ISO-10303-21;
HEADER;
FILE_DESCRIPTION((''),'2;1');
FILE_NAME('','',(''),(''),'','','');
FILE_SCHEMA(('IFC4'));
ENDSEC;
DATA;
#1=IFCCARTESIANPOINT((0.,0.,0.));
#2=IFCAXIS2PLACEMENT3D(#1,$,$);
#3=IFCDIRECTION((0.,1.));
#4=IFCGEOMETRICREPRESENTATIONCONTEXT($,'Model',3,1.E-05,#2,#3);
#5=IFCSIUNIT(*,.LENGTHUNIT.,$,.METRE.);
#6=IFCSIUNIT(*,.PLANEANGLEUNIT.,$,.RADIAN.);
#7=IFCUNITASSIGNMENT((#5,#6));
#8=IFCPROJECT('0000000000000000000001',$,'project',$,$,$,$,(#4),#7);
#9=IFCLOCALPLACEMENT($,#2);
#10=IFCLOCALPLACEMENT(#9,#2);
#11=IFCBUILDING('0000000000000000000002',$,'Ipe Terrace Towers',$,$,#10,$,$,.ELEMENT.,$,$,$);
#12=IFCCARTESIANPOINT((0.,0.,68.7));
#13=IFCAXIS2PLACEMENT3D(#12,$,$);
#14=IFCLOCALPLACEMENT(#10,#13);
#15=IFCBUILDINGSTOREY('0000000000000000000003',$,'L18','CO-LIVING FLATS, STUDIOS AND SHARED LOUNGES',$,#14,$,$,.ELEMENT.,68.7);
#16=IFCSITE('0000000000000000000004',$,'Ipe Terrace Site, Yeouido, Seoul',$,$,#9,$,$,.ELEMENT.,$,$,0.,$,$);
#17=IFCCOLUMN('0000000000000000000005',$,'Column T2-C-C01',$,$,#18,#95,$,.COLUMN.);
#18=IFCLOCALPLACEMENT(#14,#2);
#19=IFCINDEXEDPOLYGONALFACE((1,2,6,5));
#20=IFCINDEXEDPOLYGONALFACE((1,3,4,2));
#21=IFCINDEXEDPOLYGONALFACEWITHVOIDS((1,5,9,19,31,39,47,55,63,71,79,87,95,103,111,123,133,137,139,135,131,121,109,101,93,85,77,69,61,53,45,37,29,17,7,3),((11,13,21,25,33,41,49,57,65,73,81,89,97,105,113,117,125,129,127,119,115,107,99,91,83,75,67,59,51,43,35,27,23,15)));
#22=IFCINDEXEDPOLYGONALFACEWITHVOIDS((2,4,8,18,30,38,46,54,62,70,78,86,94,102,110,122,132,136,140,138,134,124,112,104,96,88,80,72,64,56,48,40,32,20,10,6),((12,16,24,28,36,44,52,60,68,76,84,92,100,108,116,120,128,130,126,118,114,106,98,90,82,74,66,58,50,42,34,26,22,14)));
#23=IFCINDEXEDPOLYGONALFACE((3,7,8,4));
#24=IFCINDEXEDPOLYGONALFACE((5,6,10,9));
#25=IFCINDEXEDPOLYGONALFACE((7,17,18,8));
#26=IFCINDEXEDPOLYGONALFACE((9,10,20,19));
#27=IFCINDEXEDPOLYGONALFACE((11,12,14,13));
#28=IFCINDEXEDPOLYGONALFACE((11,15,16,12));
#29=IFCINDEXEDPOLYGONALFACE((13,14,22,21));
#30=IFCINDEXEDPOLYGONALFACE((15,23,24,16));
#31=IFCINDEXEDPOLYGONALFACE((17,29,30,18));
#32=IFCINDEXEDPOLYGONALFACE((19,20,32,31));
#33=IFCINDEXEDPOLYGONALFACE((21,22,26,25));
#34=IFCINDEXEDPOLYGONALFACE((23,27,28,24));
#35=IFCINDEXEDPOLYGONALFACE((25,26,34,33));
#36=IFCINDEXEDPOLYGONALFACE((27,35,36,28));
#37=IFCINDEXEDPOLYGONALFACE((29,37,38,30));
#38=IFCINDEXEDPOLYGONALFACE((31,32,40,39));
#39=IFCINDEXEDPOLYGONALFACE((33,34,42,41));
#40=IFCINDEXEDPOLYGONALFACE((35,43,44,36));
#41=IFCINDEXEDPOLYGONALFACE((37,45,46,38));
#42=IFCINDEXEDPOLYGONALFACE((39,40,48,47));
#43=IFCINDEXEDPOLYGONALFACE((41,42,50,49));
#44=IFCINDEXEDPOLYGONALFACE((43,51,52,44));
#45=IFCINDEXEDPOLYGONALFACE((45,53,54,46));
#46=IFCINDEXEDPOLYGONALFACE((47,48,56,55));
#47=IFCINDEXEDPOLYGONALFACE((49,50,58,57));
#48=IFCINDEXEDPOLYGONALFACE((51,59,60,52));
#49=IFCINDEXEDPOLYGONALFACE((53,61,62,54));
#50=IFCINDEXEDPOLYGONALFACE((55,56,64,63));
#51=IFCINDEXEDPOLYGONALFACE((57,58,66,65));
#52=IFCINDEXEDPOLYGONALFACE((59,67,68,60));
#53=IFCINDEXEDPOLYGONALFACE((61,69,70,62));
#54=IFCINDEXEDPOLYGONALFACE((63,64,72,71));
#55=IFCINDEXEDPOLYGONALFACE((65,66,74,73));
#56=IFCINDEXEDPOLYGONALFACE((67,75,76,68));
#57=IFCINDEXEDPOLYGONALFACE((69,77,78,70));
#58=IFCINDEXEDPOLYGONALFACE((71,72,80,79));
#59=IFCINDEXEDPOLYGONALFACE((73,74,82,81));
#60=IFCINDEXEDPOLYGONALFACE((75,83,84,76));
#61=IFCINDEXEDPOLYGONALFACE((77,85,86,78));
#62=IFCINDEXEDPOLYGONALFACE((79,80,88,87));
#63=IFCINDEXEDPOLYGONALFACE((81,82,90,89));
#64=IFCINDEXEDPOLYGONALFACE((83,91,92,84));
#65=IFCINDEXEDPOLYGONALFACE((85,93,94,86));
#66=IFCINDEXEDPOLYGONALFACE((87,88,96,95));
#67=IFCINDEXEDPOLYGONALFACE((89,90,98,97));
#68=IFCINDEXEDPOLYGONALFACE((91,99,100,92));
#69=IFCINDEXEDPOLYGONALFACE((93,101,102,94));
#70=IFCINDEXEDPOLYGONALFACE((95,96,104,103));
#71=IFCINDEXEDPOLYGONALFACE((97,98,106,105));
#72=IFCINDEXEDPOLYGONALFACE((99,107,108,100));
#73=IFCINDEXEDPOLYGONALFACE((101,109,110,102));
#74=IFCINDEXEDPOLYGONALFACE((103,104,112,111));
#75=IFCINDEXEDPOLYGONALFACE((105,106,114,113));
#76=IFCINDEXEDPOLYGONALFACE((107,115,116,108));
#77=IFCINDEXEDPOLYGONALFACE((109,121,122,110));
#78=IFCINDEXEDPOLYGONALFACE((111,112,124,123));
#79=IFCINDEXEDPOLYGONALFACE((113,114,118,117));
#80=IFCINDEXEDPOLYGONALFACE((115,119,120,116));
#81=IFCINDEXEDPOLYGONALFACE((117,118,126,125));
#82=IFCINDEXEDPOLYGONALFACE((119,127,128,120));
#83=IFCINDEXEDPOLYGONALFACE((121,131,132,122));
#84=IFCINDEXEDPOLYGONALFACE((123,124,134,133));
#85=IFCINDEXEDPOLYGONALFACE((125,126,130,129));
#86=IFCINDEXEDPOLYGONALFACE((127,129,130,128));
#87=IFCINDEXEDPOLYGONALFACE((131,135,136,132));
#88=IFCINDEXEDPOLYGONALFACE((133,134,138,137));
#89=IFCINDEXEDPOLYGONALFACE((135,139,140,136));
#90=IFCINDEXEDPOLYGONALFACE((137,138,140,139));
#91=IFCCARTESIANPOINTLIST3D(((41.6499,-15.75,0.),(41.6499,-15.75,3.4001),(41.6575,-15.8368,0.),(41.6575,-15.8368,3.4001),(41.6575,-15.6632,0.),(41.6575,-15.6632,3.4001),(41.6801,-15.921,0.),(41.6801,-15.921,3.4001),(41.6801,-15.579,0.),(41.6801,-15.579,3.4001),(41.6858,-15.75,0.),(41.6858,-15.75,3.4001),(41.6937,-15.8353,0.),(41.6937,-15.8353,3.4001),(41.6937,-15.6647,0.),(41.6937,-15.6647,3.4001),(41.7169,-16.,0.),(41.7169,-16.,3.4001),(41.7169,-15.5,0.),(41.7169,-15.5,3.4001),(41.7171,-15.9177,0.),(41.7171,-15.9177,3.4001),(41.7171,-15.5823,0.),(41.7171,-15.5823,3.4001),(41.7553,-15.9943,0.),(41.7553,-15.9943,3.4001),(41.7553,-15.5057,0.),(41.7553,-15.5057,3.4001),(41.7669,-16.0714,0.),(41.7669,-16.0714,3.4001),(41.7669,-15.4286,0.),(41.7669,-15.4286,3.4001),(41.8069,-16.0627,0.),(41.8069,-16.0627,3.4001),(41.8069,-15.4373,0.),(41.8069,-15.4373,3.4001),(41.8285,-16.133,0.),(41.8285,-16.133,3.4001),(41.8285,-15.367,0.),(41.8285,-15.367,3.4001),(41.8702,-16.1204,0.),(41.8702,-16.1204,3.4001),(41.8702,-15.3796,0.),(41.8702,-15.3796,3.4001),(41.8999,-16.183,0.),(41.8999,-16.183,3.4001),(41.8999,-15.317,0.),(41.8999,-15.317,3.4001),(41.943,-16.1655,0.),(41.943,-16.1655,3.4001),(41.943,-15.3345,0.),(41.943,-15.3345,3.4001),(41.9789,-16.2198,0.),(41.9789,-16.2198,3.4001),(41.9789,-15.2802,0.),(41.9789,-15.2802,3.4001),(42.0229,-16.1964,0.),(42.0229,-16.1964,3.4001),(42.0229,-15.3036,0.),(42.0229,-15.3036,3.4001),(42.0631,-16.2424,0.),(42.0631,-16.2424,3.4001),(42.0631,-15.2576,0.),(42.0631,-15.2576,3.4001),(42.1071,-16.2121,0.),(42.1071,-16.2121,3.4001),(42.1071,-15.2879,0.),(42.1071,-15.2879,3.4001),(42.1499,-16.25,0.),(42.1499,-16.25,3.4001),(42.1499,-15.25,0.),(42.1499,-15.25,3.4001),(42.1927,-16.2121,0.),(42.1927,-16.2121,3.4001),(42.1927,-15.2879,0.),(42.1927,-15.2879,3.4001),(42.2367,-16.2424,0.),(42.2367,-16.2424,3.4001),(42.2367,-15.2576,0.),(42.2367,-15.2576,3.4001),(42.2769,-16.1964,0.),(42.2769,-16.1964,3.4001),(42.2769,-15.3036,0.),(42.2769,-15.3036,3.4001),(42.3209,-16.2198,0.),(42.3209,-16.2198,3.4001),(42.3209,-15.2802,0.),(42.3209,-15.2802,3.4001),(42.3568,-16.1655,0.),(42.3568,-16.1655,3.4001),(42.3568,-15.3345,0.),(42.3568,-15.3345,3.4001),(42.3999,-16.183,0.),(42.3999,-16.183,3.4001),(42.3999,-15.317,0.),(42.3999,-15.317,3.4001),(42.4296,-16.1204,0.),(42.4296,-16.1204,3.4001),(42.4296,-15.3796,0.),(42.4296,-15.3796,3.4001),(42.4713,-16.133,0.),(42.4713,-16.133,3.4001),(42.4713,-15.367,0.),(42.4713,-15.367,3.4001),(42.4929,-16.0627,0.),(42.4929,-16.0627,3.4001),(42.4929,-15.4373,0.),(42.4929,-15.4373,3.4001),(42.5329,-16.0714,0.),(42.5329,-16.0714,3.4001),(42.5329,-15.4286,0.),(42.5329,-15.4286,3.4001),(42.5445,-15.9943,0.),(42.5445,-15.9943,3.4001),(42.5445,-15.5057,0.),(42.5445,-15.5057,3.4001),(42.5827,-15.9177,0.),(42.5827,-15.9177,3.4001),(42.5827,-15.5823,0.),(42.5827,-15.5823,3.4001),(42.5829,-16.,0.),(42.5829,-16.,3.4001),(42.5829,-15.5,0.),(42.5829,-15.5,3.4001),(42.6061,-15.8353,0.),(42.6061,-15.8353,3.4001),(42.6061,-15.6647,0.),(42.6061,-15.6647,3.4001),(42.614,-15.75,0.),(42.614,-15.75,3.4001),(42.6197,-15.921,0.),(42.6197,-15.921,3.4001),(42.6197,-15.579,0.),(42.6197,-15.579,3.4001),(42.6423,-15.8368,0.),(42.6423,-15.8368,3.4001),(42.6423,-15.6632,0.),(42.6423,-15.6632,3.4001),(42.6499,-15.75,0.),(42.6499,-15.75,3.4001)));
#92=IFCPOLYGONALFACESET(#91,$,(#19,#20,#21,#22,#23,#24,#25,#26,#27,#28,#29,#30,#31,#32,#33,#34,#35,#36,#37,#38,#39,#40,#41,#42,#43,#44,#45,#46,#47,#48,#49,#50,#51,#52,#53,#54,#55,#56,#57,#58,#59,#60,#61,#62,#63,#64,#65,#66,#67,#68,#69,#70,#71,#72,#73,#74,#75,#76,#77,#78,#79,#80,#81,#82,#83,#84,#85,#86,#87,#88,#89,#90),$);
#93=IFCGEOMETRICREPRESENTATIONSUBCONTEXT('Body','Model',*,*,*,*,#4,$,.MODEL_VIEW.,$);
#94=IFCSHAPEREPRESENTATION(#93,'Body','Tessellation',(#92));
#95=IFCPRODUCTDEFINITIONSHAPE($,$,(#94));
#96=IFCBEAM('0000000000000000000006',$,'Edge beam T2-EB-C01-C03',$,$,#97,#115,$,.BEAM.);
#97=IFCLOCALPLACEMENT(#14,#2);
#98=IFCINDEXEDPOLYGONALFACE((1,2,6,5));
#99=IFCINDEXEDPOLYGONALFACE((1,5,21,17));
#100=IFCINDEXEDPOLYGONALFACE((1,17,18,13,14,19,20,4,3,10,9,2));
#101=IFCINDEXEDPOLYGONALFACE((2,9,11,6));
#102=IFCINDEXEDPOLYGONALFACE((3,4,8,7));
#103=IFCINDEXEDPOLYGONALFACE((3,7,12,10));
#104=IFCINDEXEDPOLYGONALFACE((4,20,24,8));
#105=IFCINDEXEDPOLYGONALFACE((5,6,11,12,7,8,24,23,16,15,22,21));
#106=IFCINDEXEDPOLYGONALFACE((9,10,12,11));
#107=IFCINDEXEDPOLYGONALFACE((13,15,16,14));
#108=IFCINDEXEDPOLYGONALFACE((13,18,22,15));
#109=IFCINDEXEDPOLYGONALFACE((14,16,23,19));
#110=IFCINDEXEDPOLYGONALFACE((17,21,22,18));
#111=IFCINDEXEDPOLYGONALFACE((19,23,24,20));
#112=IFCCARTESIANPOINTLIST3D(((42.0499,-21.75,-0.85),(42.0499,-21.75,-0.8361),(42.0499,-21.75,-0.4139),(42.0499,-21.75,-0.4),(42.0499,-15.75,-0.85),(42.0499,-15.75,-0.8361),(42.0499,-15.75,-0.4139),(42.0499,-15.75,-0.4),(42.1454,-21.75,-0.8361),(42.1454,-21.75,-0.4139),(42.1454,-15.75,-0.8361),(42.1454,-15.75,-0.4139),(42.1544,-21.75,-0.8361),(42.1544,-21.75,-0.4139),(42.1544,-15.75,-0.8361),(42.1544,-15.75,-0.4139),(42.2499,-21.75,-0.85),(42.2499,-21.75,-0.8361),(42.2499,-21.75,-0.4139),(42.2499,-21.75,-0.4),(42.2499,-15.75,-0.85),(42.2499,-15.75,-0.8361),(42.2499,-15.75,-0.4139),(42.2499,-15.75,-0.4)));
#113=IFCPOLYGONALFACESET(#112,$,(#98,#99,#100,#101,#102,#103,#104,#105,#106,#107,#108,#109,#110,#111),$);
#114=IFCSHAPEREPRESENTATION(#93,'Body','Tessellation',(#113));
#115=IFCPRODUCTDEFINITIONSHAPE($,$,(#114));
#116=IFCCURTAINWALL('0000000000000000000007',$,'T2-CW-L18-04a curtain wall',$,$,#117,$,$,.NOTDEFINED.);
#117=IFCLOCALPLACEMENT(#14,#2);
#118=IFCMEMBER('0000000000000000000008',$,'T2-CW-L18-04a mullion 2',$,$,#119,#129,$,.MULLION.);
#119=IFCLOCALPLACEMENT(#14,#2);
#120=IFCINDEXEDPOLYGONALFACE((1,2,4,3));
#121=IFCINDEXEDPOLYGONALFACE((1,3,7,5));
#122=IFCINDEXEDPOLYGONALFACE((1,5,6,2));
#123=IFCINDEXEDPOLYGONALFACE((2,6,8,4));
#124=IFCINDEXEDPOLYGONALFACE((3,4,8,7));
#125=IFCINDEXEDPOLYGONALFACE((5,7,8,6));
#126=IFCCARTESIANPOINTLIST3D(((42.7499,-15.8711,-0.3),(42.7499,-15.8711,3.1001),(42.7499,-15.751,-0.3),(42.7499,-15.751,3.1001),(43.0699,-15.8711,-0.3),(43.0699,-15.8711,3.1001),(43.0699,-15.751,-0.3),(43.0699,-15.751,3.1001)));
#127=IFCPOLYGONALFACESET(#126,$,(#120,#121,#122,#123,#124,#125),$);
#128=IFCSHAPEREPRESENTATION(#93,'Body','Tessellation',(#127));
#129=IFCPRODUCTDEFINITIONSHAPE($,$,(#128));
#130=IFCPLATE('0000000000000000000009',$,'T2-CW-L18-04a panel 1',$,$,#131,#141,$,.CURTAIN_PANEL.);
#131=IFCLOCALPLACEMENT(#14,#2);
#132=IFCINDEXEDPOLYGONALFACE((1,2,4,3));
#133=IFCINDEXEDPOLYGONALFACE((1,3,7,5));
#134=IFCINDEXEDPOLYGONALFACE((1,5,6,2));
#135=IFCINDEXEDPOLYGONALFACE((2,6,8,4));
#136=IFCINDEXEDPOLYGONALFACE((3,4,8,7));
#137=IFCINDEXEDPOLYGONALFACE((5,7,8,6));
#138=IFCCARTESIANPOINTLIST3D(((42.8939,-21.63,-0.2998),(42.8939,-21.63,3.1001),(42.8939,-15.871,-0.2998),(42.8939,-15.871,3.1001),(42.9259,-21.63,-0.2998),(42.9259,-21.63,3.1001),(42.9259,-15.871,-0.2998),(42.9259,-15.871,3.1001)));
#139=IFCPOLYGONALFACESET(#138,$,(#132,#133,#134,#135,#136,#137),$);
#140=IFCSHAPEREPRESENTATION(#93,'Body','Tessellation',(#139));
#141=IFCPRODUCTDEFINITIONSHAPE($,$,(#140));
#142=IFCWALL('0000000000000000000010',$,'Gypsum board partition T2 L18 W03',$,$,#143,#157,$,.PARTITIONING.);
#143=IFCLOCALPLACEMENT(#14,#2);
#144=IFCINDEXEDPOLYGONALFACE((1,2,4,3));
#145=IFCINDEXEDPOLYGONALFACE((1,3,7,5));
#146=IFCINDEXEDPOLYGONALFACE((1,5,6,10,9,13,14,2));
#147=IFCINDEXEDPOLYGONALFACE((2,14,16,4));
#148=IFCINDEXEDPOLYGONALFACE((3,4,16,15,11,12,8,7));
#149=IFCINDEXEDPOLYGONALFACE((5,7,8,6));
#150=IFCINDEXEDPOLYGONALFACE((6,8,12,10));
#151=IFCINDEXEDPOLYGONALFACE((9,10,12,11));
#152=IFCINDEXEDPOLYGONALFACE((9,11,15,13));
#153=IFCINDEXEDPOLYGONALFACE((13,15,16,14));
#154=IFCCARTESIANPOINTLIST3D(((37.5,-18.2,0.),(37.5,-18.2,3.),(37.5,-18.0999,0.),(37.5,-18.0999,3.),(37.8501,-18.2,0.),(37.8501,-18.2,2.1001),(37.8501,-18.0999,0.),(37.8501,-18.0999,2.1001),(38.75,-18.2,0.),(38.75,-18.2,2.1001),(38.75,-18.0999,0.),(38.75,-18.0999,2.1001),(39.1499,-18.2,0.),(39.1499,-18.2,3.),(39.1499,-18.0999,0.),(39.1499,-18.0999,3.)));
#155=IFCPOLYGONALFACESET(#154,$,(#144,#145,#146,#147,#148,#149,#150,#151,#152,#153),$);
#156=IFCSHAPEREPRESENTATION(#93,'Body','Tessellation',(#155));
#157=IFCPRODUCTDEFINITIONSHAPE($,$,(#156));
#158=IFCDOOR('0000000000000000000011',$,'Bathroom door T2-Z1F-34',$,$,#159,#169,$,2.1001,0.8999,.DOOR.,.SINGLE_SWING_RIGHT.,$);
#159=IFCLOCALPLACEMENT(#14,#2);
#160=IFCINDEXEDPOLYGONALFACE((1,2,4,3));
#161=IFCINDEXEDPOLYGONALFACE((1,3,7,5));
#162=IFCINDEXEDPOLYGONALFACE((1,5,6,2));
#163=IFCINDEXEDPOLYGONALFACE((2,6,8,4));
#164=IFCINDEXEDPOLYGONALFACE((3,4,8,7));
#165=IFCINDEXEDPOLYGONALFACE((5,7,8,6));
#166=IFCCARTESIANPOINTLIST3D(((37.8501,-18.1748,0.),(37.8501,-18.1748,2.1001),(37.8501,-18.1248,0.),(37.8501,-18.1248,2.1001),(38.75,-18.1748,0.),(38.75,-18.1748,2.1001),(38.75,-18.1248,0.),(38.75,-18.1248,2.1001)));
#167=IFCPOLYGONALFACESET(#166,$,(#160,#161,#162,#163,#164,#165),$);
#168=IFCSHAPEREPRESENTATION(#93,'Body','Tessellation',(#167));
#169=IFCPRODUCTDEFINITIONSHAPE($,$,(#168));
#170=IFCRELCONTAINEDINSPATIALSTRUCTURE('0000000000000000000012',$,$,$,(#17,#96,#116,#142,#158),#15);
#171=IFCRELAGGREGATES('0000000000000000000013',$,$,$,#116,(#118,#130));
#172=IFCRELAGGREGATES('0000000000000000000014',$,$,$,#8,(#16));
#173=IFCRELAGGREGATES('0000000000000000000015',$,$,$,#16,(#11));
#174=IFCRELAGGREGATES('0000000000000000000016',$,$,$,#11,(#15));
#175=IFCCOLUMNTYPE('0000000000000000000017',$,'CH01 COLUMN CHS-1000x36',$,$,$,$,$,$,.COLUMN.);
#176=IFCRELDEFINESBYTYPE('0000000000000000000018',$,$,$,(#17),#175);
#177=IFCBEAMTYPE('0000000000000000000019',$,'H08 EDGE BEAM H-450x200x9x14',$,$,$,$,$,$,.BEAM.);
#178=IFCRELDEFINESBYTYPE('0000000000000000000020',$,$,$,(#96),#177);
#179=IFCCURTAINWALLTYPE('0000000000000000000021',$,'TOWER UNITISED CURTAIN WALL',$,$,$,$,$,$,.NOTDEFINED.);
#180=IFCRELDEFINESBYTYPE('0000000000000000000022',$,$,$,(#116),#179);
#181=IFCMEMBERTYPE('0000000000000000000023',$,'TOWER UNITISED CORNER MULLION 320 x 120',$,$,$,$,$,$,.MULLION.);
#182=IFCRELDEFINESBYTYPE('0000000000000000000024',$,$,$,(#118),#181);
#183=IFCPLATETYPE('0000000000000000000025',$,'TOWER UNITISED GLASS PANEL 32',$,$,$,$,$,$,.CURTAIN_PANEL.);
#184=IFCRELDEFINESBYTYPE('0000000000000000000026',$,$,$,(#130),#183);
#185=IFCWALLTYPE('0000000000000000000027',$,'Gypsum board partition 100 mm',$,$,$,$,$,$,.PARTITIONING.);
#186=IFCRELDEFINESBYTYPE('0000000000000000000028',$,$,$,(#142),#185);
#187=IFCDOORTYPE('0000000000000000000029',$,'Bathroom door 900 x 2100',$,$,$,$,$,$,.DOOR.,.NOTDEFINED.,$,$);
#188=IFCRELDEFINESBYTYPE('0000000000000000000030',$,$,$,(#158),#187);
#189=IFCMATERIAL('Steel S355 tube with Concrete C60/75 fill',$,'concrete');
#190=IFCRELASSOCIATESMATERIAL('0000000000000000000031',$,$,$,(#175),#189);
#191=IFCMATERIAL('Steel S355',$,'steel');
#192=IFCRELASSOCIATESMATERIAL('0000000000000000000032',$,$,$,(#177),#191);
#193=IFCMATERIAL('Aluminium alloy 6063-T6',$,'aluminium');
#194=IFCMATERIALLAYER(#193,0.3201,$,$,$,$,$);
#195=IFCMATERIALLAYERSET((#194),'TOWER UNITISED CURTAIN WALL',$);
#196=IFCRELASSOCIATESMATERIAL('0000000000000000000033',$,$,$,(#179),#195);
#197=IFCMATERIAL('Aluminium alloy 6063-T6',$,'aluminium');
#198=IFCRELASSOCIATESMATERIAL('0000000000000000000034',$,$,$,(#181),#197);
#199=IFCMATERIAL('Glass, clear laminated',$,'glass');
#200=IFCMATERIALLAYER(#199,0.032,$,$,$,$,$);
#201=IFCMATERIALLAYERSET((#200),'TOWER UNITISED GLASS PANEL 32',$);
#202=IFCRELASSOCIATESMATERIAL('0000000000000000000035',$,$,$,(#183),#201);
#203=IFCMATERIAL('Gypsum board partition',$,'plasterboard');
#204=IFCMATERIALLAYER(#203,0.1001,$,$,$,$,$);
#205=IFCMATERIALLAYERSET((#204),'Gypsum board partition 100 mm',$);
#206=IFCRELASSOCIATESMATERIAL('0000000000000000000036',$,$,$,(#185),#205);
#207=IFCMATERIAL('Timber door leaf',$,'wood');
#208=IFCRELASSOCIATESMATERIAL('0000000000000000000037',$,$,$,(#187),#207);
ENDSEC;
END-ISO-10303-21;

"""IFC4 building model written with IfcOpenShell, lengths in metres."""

from ifc_helpers import new_model, si_unit, direction, frame, frame_2d, origin, origin_2d, place, context, subcontext, project, spatial, rectangle, hollow_circle, i_section, extrude, material, layer, layer_set, material_profile, profile_set, type_object, element, fill, aggregate, save


model = new_model("IFC4")

# Units and contexts
model_context = context("Model", 3, precision=1e-05, world=origin(), true_north=direction((0.0, 1.0)))
body_context = subcontext(model_context, "Body", "Model", "MODEL_VIEW")
ifc_project = project(units=[si_unit("LENGTHUNIT", "METRE"), si_unit("PLANEANGLEUNIT", "RADIAN")], contexts=[model_context])

# Site, building, storey
site_placement = place(None, origin())
site = spatial("IfcSite", under=ifc_project, at=site_placement, Name="Ipe Terrace Site, Yeouido, Seoul", CompositionType="ELEMENT", RefElevation=0.0)
building_placement = place(site_placement, origin())
building = spatial("IfcBuilding", under=site, at=building_placement, Name="Ipe Terrace Towers", CompositionType="ELEMENT")
storey_placement = place(building_placement, frame((0.0, 0.0, 68.7)))
storey = spatial("IfcBuildingStorey", under=building, at=storey_placement, Name="L18", Description="CO-LIVING FLATS, STUDIOS AND SHARED LOUNGES", CompositionType="ELEMENT", Elevation=68.7)

# Column
ifc_material_1 = material(Name="Steel S355 tube with Concrete C60/75 fill", Category="concrete")
ifc_material_profile_1 = material_profile(ifc_material_1, hollow_circle(Radius=0.5, WallThickness=0.0359, at=origin_2d()), Name="CHS-1000x36")
ifc_profile_set_1 = profile_set([ifc_material_profile_1], Name="Steel S355 tube with Concrete C60/75 fill")
column_type = type_object("IfcColumnType", Name="CH01 COLUMN CHS-1000x36", PredefinedType="COLUMN", material=ifc_profile_set_1)
column_placement = place(storey_placement, frame((42.1499, -15.75, 0.0), z_axis=(0.0, 0.0, 1.0), x_axis=(1.0, 0.0, 0.0)))
element("IfcColumn", 1, at=column_placement, inside=storey, type_object=column_type, Name="Column T2-C-C01", PredefinedType="COLUMN", context=body_context, shape_type="SweptSolid", body=[
    extrude(hollow_circle(Radius=0.5, WallThickness=0.0359, at=origin_2d()), origin(), (0.0, 0.0, 1.0), 3.4001),
])

# Beam
ifc_material_2 = material(Name="Steel S355", Category="steel")
ifc_material_profile_2 = material_profile(ifc_material_2, i_section(OverallWidth=0.2, OverallDepth=0.45, WebThickness=0.009, FlangeThickness=0.0139, at=origin_2d()), Name="H-450x200x9x14")
ifc_profile_set_2 = profile_set([ifc_material_profile_2], Name="Steel S355")
beam_type = type_object("IfcBeamType", Name="H08 EDGE BEAM H-450x200x9x14", PredefinedType="BEAM", material=ifc_profile_set_2)
beam_placement = place(storey_placement, frame((42.1499, -15.75, -0.625), z_axis=(0.0, -1.0, 0.0), x_axis=(1.0, 0.0, 0.0)))
element("IfcBeam", 2, at=beam_placement, inside=storey, type_object=beam_type, Name="Edge beam T2-EB-C01-C03", PredefinedType="BEAM", context=body_context, shape_type="SweptSolid", body=[
    extrude(i_section(OverallWidth=0.2, OverallDepth=0.45, WebThickness=0.009, FlangeThickness=0.0139, at=origin_2d()), origin(), (0.0, 0.0, 1.0), 6.0),
])

# Curtain wall, member, plate
ifc_material_3 = material(Name="Aluminium alloy 6063-T6", Category="aluminium")
ifc_layer_1 = layer(ifc_material_3, 0.3201)
ifc_layer_set_1 = layer_set([ifc_layer_1], Name="TOWER UNITISED CURTAIN WALL")
curtain_wall_type = type_object("IfcCurtainWallType", Name="TOWER UNITISED CURTAIN WALL", PredefinedType="NOTDEFINED", material=ifc_layer_set_1)
curtain_wall_placement = place(storey_placement, origin())
curtain_wall = element("IfcCurtainWall", 3, at=curtain_wall_placement, inside=storey, type_object=curtain_wall_type, Name="T2-CW-L18-04a curtain wall", PredefinedType="NOTDEFINED")
ifc_material_4 = material(Name="Aluminium alloy 6063-T6", Category="aluminium")
ifc_material_profile_3 = material_profile(ifc_material_4, rectangle(XDim=0.3201, YDim=0.1201, at=origin_2d()), Name="TOWER UNITISED CORNER MULLION 320 x 120")
ifc_profile_set_3 = profile_set([ifc_material_profile_3], Name="Aluminium alloy 6063-T6")
member_type = type_object("IfcMemberType", Name="TOWER UNITISED CORNER MULLION 320 x 120", PredefinedType="MULLION", material=ifc_profile_set_3)
member_placement = place(storey_placement, frame((42.9099, -15.811, -0.3), z_axis=(0.0, 0.0, 1.0), x_axis=(1.0, 0.0, 0.0)))
member = element("IfcMember", 4, at=member_placement, type_object=member_type, Name="T2-CW-L18-04a mullion 2", PredefinedType="MULLION", context=body_context, shape_type="SweptSolid", body=[
    extrude(rectangle(XDim=0.3201, YDim=0.1201, at=origin_2d()), origin(), (0.0, 0.0, 1.0), 3.4001),
])
ifc_material_5 = material(Name="Glass, clear laminated", Category="glass")
ifc_layer_2 = layer(ifc_material_5, 0.032)
ifc_layer_set_2 = layer_set([ifc_layer_2], Name="TOWER UNITISED GLASS PANEL 32")
plate_type = type_object("IfcPlateType", Name="TOWER UNITISED GLASS PANEL 32", PredefinedType="CURTAIN_PANEL", material=ifc_layer_set_2)
plate_placement = place(storey_placement, frame((42.9099, -18.7505, -0.2998), z_axis=(0.0, 0.0, 1.0), x_axis=(0.0, 1.0, 0.0)))
plate = element("IfcPlate", 5, at=plate_placement, type_object=plate_type, Name="T2-CW-L18-04a panel 1", PredefinedType="CURTAIN_PANEL", context=body_context, shape_type="SweptSolid", body=[
    extrude(rectangle(XDim=5.759, YDim=0.032, at=origin_2d()), origin(), (0.0, 0.0, 1.0), 3.3999),
])
aggregate(curtain_wall, [member, plate])

# Wall, opening, door
ifc_material_6 = material(Name="Gypsum board partition", Category="plasterboard")
ifc_layer_3 = layer(ifc_material_6, 0.1001)
ifc_layer_set_3 = layer_set([ifc_layer_3], Name="Gypsum board partition 100 mm")
wall_type_1 = type_object("IfcWallType", Name="Gypsum board partition 100 mm", PredefinedType="PARTITIONING", material=ifc_layer_set_3)
wall_1_placement = place(storey_placement, frame((39.1499, -18.1499, 0.0), z_axis=(0.0, 0.0, 1.0), x_axis=(-1.0, 0.0, 0.0)))
wall_1 = element("IfcWall", 6, at=wall_1_placement, inside=storey, type_object=wall_type_1, Name="Gypsum board partition T2 L18 W03", PredefinedType="PARTITIONING", context=body_context, shape_type="SweptSolid", body=[
    extrude(rectangle(XDim=1.6499, YDim=0.1001, at=frame_2d((0.825, 0.0))), origin(), (0.0, 0.0, 1.0), 3.0),
])
opening_1_placement = place(wall_1_placement, frame((0.3999, 0.0, 0.0)))
opening_1 = element("IfcOpeningElement", 7, at=opening_1_placement, cuts=wall_1, PredefinedType="OPENING", context=body_context, shape_type="SweptSolid", body=[
    extrude(rectangle(XDim=0.8999, YDim=2.1001, at=frame_2d((0.45, 1.05))), frame((0.0, 0.0601, 0.0), z_axis=(0.0, -1.0, 0.0), x_axis=(1.0, 0.0, 0.0)), (0.0, 0.0, 1.0), 0.1201),
])
ifc_material_7 = material(Name="Timber door leaf", Category="wood")
door_type_1 = type_object("IfcDoorType", Name="Bathroom door 900 x 2100", OperationType="NOTDEFINED", PredefinedType="DOOR", material=ifc_material_7)
door_1_placement = place(opening_1_placement, origin())
door_1 = element("IfcDoor", 8, at=door_1_placement, inside=storey, type_object=door_type_1, Name="Bathroom door T2-Z1F-34", OperationType="SINGLE_SWING_RIGHT", OverallHeight=2.1001, OverallWidth=0.8999, PredefinedType="DOOR", context=body_context, shape_type="SweptSolid", body=[
    extrude(rectangle(XDim=0.8999, YDim=2.1001, at=frame_2d((0.45, 1.05))), frame((0.0, 0.0249, 0.0), z_axis=(0.0, -1.0, 0.0), x_axis=(1.0, 0.0, 0.0)), (0.0, 0.0, 1.0), 0.05),
])
fill(opening_1, door_1)

save(model, "model.ifc")
